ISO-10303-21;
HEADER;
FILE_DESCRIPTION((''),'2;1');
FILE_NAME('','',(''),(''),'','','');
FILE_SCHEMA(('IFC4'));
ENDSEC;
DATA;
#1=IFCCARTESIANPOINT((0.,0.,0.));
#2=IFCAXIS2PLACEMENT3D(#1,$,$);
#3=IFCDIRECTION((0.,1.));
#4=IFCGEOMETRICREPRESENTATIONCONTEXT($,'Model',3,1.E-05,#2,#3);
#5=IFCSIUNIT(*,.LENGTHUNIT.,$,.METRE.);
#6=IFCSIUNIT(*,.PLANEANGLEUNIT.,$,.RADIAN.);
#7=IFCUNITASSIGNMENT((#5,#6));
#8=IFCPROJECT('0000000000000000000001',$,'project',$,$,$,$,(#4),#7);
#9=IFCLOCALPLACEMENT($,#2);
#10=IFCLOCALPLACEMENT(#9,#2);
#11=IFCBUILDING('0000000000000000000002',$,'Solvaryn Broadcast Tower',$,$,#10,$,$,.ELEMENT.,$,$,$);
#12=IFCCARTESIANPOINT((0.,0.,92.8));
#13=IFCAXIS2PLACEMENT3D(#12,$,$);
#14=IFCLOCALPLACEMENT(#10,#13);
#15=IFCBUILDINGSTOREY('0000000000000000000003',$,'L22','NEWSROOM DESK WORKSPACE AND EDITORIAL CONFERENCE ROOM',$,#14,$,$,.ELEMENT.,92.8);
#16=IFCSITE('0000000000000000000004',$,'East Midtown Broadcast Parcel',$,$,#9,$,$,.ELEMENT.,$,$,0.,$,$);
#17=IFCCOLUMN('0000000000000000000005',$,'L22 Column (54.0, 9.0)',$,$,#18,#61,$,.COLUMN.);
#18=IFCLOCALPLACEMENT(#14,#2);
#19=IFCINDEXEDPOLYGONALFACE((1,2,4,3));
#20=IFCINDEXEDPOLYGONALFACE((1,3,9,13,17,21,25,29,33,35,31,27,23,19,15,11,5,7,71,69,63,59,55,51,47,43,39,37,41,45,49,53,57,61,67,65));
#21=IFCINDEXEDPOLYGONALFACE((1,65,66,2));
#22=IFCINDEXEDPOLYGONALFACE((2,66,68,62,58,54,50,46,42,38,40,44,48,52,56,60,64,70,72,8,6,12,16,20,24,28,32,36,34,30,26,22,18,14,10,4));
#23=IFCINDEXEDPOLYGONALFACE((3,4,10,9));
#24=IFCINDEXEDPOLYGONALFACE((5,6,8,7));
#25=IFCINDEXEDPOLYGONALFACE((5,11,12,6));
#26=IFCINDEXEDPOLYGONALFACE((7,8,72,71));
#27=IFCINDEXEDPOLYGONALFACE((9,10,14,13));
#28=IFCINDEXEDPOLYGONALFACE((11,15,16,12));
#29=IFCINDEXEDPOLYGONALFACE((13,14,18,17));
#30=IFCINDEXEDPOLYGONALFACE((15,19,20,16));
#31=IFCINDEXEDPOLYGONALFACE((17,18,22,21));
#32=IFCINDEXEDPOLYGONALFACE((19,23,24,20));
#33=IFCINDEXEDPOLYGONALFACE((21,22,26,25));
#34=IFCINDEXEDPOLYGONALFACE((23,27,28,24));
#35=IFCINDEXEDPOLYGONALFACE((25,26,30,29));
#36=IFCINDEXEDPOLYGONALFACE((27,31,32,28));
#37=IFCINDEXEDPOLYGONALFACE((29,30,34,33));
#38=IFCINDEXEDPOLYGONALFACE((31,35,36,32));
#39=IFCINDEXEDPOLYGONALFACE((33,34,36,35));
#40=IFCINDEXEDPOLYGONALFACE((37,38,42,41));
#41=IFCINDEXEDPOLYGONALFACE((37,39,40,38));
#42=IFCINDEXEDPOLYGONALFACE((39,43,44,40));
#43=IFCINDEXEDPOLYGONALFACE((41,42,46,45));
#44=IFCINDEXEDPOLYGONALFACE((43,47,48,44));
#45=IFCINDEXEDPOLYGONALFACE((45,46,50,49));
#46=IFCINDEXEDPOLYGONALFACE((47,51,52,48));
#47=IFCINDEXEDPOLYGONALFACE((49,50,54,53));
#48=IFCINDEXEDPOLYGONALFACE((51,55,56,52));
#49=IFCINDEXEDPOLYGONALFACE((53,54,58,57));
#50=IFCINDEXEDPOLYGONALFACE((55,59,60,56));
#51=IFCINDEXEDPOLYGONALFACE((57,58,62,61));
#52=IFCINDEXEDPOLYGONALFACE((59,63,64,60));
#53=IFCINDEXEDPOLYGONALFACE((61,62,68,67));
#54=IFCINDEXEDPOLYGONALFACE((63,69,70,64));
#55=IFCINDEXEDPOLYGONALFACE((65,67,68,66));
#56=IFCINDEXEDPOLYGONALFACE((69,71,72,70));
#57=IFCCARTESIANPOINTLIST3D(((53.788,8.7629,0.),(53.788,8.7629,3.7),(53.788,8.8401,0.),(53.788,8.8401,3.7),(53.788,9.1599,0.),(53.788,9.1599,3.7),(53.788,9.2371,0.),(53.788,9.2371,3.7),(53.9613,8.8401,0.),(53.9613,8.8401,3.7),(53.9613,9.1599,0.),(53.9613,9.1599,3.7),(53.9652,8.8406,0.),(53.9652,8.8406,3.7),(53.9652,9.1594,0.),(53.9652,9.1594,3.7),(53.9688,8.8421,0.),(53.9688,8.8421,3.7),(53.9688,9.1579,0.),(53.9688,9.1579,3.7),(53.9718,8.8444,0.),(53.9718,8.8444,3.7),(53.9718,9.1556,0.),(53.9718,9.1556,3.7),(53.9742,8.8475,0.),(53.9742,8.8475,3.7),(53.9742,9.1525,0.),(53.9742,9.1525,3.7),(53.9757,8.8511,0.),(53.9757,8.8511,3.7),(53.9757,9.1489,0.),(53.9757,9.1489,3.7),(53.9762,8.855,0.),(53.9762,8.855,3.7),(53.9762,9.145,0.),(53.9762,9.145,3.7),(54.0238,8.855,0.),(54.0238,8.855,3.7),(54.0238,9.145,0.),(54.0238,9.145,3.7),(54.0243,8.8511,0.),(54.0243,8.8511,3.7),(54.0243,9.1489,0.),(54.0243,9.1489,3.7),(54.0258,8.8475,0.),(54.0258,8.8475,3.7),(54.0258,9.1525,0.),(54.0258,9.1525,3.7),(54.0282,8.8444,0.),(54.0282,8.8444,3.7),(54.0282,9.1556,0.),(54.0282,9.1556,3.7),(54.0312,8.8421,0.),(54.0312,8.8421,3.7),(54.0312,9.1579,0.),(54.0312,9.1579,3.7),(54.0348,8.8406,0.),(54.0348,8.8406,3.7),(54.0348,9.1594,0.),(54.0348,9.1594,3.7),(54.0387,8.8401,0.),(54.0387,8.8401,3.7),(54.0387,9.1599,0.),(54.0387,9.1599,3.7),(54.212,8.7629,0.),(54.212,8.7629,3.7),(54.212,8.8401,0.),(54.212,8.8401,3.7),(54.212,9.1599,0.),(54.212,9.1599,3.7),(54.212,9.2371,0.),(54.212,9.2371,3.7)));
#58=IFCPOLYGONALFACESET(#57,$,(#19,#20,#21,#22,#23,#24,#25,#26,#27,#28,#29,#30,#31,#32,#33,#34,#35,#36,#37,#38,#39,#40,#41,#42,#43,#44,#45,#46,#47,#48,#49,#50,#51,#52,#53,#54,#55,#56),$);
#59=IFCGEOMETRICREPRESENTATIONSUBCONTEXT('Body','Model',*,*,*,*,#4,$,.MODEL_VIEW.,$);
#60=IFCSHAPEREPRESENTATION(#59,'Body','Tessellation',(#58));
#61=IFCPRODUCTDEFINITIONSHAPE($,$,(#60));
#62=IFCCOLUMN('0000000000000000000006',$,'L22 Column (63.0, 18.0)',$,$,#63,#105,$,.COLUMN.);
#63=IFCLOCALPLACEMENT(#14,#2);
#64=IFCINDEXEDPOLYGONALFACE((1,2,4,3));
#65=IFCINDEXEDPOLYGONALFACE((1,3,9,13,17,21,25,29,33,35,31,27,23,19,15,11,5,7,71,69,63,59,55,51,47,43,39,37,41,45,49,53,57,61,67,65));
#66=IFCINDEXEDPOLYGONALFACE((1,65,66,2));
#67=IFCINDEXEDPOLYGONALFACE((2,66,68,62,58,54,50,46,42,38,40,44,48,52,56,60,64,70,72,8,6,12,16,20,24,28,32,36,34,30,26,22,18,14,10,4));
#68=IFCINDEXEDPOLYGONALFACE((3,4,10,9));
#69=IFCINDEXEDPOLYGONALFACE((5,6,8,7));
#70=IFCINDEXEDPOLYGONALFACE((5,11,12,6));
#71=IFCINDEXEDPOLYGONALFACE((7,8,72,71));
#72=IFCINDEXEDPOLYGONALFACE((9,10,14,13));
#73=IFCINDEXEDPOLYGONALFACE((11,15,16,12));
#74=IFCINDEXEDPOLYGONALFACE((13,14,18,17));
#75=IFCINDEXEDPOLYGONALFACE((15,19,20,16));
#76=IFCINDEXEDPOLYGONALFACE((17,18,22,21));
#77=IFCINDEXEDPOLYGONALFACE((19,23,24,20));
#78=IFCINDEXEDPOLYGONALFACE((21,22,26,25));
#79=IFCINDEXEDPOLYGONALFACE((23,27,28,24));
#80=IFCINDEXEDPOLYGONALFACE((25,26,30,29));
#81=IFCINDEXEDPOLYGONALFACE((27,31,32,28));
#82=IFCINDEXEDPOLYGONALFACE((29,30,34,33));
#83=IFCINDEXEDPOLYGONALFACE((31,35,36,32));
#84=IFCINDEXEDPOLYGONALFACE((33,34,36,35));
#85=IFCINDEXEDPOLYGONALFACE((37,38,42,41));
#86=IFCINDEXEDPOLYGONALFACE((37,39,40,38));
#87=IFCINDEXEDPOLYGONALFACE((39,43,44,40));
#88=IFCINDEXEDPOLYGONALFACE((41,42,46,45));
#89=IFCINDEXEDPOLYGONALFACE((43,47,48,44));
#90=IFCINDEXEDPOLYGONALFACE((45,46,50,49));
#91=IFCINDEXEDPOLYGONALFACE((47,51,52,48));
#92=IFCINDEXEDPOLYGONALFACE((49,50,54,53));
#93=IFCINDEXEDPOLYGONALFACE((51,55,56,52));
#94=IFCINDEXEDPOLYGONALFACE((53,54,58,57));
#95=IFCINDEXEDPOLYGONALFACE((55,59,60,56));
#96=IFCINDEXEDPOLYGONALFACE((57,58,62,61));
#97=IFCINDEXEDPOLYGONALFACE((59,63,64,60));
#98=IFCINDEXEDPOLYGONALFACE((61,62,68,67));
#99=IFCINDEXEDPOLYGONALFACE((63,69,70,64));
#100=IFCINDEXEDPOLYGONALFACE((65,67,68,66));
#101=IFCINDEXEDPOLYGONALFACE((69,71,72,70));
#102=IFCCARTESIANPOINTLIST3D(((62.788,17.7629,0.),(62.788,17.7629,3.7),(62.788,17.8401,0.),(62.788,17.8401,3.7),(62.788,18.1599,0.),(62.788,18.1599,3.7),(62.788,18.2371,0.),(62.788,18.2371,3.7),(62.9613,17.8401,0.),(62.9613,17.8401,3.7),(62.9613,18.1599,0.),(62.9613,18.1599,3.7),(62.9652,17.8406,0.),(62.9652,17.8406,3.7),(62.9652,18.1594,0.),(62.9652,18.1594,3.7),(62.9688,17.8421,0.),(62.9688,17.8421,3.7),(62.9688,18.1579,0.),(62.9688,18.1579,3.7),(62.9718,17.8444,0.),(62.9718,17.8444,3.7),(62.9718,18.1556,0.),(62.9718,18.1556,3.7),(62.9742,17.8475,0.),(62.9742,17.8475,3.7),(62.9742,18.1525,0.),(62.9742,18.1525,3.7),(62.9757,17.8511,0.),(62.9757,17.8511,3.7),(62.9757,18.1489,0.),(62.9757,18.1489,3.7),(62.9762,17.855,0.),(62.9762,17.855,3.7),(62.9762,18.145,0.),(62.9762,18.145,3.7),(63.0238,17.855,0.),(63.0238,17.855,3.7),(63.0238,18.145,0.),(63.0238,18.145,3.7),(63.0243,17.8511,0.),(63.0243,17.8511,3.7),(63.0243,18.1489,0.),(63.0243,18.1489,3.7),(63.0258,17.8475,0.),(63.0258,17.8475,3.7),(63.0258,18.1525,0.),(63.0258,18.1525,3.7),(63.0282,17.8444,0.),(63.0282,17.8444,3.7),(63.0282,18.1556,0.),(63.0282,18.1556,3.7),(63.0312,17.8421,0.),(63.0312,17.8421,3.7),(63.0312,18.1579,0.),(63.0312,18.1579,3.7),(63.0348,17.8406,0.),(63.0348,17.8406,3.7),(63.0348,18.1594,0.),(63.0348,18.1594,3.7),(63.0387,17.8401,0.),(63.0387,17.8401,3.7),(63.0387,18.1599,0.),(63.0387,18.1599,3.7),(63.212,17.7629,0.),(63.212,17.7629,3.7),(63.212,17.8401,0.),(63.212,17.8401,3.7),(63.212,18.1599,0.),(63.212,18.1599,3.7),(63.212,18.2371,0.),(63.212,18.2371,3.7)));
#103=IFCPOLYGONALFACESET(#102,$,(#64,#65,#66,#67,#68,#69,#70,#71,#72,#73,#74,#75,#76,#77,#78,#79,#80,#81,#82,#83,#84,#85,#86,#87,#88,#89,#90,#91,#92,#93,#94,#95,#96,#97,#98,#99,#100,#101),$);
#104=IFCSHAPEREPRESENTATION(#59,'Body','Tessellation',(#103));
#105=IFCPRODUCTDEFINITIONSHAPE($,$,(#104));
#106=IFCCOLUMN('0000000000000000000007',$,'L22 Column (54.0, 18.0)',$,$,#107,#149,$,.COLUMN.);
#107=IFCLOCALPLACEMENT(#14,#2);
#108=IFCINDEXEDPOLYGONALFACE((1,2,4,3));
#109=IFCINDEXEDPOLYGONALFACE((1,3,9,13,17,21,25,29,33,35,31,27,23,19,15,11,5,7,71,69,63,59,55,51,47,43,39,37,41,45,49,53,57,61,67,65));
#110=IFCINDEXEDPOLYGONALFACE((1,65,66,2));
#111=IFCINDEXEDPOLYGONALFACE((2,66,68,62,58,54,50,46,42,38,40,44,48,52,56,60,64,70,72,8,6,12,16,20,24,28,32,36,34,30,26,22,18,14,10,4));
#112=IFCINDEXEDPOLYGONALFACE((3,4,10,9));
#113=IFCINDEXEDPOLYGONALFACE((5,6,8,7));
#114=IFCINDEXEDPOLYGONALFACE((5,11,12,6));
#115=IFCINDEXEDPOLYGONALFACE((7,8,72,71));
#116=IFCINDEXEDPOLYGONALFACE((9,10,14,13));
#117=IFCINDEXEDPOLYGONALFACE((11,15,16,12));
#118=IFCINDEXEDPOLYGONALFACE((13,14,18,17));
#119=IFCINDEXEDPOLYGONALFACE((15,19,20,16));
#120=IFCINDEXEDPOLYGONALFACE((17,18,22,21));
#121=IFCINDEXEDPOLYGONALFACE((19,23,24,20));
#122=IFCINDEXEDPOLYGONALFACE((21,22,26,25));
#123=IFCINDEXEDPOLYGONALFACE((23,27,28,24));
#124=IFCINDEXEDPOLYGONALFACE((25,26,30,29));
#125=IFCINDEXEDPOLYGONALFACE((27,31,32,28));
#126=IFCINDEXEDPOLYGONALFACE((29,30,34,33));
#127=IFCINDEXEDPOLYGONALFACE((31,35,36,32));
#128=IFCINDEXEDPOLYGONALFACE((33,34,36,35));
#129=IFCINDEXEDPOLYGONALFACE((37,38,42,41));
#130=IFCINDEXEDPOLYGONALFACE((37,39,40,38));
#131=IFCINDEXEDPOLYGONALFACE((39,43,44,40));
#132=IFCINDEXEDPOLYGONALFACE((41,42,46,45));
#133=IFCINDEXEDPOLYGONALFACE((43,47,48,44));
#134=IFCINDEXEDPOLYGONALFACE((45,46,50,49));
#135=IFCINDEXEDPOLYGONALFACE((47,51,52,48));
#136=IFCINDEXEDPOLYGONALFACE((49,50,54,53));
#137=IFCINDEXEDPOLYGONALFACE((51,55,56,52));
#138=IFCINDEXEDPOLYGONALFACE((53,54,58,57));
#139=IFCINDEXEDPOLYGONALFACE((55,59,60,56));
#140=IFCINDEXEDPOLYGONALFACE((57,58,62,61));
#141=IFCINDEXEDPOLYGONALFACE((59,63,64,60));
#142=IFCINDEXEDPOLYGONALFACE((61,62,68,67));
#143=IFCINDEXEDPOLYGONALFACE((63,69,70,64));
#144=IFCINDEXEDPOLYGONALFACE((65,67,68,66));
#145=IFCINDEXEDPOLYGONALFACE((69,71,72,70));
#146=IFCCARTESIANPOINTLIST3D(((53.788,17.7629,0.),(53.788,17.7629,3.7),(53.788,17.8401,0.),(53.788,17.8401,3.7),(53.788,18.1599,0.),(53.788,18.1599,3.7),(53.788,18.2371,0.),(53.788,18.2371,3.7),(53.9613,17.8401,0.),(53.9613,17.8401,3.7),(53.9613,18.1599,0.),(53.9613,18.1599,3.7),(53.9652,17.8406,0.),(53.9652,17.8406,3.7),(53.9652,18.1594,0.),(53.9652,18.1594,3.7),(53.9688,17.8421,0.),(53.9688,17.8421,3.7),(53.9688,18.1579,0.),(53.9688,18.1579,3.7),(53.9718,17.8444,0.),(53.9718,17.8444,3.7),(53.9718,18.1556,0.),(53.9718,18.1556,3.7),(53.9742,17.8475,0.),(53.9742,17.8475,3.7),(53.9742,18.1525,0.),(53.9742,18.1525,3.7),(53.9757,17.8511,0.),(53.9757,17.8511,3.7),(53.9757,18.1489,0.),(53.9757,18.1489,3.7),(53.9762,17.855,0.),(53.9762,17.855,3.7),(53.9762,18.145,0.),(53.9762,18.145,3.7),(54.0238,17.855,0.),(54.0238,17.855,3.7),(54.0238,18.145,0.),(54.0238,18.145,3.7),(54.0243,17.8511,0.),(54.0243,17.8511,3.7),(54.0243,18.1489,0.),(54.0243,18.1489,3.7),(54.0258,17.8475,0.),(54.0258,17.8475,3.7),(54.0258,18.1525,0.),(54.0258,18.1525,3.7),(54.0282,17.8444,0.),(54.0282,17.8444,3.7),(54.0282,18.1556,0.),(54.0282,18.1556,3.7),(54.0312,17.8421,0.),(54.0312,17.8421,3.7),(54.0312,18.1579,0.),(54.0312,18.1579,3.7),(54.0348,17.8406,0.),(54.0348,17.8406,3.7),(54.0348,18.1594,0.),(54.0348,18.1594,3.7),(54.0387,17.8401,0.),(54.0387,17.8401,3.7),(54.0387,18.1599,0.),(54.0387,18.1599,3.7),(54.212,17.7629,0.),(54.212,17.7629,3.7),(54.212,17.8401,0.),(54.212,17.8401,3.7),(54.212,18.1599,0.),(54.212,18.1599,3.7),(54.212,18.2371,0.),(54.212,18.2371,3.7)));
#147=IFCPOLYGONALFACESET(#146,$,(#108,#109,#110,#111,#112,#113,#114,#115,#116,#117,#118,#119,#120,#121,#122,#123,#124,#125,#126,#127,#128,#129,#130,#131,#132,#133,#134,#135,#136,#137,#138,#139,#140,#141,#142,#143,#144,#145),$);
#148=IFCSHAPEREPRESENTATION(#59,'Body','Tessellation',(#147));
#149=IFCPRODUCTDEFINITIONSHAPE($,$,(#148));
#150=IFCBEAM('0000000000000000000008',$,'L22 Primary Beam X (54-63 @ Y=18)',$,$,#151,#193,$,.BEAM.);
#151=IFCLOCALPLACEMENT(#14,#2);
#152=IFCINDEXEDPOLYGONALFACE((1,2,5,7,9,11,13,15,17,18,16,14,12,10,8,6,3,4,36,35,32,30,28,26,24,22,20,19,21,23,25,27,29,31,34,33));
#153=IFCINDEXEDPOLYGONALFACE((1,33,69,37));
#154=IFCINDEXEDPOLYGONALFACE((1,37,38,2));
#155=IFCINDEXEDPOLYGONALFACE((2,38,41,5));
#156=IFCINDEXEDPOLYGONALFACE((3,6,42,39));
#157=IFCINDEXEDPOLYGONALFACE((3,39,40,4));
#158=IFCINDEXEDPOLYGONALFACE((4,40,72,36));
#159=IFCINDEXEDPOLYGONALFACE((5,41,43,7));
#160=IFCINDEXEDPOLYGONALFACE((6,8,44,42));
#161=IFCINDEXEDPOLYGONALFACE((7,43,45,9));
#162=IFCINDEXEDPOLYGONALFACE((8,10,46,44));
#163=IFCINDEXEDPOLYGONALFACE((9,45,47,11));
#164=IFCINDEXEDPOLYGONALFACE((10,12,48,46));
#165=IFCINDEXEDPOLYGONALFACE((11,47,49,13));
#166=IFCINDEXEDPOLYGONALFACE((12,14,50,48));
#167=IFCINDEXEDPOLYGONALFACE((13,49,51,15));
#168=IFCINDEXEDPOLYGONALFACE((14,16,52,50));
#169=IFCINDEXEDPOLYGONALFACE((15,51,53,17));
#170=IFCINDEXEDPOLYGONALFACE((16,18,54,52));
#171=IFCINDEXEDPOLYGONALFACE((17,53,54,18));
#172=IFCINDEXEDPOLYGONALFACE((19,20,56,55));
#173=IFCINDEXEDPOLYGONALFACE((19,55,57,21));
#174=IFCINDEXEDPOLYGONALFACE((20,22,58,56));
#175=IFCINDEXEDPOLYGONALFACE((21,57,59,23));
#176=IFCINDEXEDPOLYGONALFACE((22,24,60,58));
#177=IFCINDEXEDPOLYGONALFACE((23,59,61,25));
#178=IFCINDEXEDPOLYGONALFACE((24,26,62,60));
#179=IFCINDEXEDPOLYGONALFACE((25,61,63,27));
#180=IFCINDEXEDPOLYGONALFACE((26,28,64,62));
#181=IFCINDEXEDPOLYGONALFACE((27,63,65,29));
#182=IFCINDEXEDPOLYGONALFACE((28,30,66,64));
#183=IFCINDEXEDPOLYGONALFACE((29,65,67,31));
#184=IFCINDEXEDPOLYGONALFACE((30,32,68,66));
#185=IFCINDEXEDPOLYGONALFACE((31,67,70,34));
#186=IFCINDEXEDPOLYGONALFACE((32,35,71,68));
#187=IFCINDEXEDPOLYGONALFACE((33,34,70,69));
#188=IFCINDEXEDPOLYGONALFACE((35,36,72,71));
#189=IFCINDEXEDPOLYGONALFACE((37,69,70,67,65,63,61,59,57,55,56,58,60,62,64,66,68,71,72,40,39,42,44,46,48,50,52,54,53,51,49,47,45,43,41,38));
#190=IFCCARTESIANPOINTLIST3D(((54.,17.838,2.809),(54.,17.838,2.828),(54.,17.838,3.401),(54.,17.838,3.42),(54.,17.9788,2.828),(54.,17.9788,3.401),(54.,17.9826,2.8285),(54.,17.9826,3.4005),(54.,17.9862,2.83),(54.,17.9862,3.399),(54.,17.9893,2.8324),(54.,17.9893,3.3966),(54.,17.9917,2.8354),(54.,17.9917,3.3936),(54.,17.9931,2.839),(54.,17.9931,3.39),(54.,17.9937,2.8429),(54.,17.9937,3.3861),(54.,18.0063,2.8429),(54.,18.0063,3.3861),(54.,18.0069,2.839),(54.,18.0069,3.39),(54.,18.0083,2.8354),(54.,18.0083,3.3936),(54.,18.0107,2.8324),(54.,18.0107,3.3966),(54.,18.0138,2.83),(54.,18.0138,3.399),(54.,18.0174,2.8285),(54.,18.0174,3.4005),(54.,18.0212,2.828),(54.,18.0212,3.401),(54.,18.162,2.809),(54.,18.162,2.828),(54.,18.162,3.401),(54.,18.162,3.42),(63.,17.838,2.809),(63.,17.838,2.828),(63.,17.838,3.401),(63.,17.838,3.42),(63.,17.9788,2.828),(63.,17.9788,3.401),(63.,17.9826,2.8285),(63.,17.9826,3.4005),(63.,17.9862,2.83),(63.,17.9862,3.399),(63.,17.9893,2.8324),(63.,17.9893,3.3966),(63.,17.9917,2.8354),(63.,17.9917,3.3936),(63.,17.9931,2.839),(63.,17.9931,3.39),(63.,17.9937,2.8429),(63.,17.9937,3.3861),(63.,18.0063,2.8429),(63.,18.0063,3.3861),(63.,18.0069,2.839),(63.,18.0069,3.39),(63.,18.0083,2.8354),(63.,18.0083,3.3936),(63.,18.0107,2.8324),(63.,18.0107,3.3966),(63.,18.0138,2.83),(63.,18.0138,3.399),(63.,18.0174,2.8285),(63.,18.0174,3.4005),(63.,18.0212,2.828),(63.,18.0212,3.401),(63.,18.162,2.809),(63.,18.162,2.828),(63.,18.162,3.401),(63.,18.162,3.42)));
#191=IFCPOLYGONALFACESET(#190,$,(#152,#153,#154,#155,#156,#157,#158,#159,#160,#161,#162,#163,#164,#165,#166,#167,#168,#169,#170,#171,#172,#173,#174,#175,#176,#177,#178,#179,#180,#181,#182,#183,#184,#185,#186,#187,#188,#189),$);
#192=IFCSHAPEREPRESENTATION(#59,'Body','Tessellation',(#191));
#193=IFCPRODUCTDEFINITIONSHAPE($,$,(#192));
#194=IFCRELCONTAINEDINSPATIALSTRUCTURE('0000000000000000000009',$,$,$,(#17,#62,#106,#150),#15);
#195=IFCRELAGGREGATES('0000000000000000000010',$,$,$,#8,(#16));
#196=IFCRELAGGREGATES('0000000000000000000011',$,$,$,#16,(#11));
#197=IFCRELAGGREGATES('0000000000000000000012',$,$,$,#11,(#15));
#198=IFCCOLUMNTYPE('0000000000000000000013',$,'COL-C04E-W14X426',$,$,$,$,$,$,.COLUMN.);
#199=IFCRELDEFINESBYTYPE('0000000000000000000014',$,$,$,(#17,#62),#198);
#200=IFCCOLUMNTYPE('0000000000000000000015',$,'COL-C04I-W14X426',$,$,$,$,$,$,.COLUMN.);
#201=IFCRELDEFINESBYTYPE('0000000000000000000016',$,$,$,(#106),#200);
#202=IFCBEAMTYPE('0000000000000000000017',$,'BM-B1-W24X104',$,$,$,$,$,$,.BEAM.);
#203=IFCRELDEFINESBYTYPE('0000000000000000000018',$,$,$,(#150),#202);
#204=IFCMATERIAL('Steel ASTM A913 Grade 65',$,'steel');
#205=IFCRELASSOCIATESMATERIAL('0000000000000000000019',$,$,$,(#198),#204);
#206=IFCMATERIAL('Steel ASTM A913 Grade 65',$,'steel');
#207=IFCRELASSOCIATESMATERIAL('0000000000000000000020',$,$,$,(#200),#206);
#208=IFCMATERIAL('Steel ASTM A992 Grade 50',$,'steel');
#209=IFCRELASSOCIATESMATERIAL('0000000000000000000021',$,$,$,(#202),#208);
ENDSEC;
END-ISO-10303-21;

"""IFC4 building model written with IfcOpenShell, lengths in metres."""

from ifc_helpers import new_model, si_unit, direction, frame, origin, origin_2d, place, context, subcontext, project, spatial, i_section, extrude, material, material_profile, profile_set, type_object, element, save


model = new_model("IFC4")

# Units and contexts
model_context = context("Model", 3, precision=1e-05, world=origin(), true_north=direction((0.0, 1.0)))
body_context = subcontext(model_context, "Body", "Model", "MODEL_VIEW")
ifc_project = project(units=[si_unit("LENGTHUNIT", "METRE"), si_unit("PLANEANGLEUNIT", "RADIAN")], contexts=[model_context])

# Site, building, storey
site_placement = place(None, origin())
site = spatial("IfcSite", under=ifc_project, at=site_placement, Name="East Midtown Broadcast Parcel", CompositionType="ELEMENT", RefElevation=0.0)
building_placement = place(site_placement, origin())
building = spatial("IfcBuilding", under=site, at=building_placement, Name="Solvaryn Broadcast Tower", CompositionType="ELEMENT")
storey_placement = place(building_placement, frame((0.0, 0.0, 92.8)))
storey = spatial("IfcBuildingStorey", under=building, at=storey_placement, Name="L22", Description="NEWSROOM DESK WORKSPACE AND EDITORIAL CONFERENCE ROOM", CompositionType="ELEMENT", Elevation=92.8)

# Columns
ifc_material_1 = material(Name="Steel ASTM A913 Grade 65", Category="steel")
ifc_material_profile_1 = material_profile(ifc_material_1, i_section(OverallWidth=0.4241, OverallDepth=0.4741, WebThickness=0.0476, FlangeThickness=0.0771, FilletRadius=0.0149, at=origin_2d()))
ifc_profile_set_1 = profile_set([ifc_material_profile_1], Name="Steel ASTM A913 Grade 65")
column_type_1 = type_object("IfcColumnType", Name="COL-C04E-W14X426", PredefinedType="COLUMN", material=ifc_profile_set_1)
for number, where, z_axis, x_axis, name in (
    (1, (54.0, 9.0, 0.0), (0.0, 0.0, 1.0), (1.0, 0.0, 0.0), "L22 Column (54.0, 9.0)"),
    (2, (63.0, 18.0, 0.0), (0.0, 0.0, 1.0), (1.0, 0.0, 0.0), "L22 Column (63.0, 18.0)"),
):
    element("IfcColumn", number, at=place(storey_placement, frame(where, z_axis=z_axis, x_axis=x_axis)), inside=storey, type_object=column_type_1, Name=name, PredefinedType="COLUMN", context=body_context, shape_type="SweptSolid", body=[
        extrude(i_section(OverallWidth=0.4241, OverallDepth=0.4741, WebThickness=0.0476, FlangeThickness=0.0771, FilletRadius=0.0149, at=origin_2d()), origin(), (0.0, 0.0, 1.0), 3.7),
    ])
ifc_material_2 = material(Name="Steel ASTM A913 Grade 65", Category="steel")
ifc_material_profile_2 = material_profile(ifc_material_2, i_section(OverallWidth=0.4241, OverallDepth=0.4741, WebThickness=0.0476, FlangeThickness=0.0771, FilletRadius=0.0149, at=origin_2d()))
ifc_profile_set_2 = profile_set([ifc_material_profile_2], Name="Steel ASTM A913 Grade 65")
column_type_2 = type_object("IfcColumnType", Name="COL-C04I-W14X426", PredefinedType="COLUMN", material=ifc_profile_set_2)
column_placement = place(storey_placement, frame((54.0, 18.0, 0.0), z_axis=(0.0, 0.0, 1.0), x_axis=(1.0, 0.0, 0.0)))
element("IfcColumn", 3, at=column_placement, inside=storey, type_object=column_type_2, Name="L22 Column (54.0, 18.0)", PredefinedType="COLUMN", context=body_context, shape_type="SweptSolid", body=[
    extrude(i_section(OverallWidth=0.4241, OverallDepth=0.4741, WebThickness=0.0476, FlangeThickness=0.0771, FilletRadius=0.0149, at=origin_2d()), origin(), (0.0, 0.0, 1.0), 3.7),
])

# Beam
ifc_material_3 = material(Name="Steel ASTM A992 Grade 50", Category="steel")
ifc_material_profile_3 = material_profile(ifc_material_3, i_section(OverallWidth=0.324, OverallDepth=0.6111, WebThickness=0.0127, FlangeThickness=0.019, FilletRadius=0.0149, at=origin_2d()))
ifc_profile_set_3 = profile_set([ifc_material_profile_3], Name="Steel ASTM A992 Grade 50")
beam_type = type_object("IfcBeamType", Name="BM-B1-W24X104", PredefinedType="BEAM", material=ifc_profile_set_3)
beam_placement = place(storey_placement, frame((54.0, 18.0, 3.1145), z_axis=(1.0, 0.0, 0.0), x_axis=(0.0, 1.0, 0.0)))
element("IfcBeam", 4, at=beam_placement, inside=storey, type_object=beam_type, Name="L22 Primary Beam X (54-63 @ Y=18)", PredefinedType="BEAM", context=body_context, shape_type="SweptSolid", body=[
    extrude(i_section(OverallWidth=0.324, OverallDepth=0.6111, WebThickness=0.0127, FlangeThickness=0.019, FilletRadius=0.0149, at=origin_2d()), origin(), (0.0, 0.0, 1.0), 9.0),
])

save(model, "model.ifc")
